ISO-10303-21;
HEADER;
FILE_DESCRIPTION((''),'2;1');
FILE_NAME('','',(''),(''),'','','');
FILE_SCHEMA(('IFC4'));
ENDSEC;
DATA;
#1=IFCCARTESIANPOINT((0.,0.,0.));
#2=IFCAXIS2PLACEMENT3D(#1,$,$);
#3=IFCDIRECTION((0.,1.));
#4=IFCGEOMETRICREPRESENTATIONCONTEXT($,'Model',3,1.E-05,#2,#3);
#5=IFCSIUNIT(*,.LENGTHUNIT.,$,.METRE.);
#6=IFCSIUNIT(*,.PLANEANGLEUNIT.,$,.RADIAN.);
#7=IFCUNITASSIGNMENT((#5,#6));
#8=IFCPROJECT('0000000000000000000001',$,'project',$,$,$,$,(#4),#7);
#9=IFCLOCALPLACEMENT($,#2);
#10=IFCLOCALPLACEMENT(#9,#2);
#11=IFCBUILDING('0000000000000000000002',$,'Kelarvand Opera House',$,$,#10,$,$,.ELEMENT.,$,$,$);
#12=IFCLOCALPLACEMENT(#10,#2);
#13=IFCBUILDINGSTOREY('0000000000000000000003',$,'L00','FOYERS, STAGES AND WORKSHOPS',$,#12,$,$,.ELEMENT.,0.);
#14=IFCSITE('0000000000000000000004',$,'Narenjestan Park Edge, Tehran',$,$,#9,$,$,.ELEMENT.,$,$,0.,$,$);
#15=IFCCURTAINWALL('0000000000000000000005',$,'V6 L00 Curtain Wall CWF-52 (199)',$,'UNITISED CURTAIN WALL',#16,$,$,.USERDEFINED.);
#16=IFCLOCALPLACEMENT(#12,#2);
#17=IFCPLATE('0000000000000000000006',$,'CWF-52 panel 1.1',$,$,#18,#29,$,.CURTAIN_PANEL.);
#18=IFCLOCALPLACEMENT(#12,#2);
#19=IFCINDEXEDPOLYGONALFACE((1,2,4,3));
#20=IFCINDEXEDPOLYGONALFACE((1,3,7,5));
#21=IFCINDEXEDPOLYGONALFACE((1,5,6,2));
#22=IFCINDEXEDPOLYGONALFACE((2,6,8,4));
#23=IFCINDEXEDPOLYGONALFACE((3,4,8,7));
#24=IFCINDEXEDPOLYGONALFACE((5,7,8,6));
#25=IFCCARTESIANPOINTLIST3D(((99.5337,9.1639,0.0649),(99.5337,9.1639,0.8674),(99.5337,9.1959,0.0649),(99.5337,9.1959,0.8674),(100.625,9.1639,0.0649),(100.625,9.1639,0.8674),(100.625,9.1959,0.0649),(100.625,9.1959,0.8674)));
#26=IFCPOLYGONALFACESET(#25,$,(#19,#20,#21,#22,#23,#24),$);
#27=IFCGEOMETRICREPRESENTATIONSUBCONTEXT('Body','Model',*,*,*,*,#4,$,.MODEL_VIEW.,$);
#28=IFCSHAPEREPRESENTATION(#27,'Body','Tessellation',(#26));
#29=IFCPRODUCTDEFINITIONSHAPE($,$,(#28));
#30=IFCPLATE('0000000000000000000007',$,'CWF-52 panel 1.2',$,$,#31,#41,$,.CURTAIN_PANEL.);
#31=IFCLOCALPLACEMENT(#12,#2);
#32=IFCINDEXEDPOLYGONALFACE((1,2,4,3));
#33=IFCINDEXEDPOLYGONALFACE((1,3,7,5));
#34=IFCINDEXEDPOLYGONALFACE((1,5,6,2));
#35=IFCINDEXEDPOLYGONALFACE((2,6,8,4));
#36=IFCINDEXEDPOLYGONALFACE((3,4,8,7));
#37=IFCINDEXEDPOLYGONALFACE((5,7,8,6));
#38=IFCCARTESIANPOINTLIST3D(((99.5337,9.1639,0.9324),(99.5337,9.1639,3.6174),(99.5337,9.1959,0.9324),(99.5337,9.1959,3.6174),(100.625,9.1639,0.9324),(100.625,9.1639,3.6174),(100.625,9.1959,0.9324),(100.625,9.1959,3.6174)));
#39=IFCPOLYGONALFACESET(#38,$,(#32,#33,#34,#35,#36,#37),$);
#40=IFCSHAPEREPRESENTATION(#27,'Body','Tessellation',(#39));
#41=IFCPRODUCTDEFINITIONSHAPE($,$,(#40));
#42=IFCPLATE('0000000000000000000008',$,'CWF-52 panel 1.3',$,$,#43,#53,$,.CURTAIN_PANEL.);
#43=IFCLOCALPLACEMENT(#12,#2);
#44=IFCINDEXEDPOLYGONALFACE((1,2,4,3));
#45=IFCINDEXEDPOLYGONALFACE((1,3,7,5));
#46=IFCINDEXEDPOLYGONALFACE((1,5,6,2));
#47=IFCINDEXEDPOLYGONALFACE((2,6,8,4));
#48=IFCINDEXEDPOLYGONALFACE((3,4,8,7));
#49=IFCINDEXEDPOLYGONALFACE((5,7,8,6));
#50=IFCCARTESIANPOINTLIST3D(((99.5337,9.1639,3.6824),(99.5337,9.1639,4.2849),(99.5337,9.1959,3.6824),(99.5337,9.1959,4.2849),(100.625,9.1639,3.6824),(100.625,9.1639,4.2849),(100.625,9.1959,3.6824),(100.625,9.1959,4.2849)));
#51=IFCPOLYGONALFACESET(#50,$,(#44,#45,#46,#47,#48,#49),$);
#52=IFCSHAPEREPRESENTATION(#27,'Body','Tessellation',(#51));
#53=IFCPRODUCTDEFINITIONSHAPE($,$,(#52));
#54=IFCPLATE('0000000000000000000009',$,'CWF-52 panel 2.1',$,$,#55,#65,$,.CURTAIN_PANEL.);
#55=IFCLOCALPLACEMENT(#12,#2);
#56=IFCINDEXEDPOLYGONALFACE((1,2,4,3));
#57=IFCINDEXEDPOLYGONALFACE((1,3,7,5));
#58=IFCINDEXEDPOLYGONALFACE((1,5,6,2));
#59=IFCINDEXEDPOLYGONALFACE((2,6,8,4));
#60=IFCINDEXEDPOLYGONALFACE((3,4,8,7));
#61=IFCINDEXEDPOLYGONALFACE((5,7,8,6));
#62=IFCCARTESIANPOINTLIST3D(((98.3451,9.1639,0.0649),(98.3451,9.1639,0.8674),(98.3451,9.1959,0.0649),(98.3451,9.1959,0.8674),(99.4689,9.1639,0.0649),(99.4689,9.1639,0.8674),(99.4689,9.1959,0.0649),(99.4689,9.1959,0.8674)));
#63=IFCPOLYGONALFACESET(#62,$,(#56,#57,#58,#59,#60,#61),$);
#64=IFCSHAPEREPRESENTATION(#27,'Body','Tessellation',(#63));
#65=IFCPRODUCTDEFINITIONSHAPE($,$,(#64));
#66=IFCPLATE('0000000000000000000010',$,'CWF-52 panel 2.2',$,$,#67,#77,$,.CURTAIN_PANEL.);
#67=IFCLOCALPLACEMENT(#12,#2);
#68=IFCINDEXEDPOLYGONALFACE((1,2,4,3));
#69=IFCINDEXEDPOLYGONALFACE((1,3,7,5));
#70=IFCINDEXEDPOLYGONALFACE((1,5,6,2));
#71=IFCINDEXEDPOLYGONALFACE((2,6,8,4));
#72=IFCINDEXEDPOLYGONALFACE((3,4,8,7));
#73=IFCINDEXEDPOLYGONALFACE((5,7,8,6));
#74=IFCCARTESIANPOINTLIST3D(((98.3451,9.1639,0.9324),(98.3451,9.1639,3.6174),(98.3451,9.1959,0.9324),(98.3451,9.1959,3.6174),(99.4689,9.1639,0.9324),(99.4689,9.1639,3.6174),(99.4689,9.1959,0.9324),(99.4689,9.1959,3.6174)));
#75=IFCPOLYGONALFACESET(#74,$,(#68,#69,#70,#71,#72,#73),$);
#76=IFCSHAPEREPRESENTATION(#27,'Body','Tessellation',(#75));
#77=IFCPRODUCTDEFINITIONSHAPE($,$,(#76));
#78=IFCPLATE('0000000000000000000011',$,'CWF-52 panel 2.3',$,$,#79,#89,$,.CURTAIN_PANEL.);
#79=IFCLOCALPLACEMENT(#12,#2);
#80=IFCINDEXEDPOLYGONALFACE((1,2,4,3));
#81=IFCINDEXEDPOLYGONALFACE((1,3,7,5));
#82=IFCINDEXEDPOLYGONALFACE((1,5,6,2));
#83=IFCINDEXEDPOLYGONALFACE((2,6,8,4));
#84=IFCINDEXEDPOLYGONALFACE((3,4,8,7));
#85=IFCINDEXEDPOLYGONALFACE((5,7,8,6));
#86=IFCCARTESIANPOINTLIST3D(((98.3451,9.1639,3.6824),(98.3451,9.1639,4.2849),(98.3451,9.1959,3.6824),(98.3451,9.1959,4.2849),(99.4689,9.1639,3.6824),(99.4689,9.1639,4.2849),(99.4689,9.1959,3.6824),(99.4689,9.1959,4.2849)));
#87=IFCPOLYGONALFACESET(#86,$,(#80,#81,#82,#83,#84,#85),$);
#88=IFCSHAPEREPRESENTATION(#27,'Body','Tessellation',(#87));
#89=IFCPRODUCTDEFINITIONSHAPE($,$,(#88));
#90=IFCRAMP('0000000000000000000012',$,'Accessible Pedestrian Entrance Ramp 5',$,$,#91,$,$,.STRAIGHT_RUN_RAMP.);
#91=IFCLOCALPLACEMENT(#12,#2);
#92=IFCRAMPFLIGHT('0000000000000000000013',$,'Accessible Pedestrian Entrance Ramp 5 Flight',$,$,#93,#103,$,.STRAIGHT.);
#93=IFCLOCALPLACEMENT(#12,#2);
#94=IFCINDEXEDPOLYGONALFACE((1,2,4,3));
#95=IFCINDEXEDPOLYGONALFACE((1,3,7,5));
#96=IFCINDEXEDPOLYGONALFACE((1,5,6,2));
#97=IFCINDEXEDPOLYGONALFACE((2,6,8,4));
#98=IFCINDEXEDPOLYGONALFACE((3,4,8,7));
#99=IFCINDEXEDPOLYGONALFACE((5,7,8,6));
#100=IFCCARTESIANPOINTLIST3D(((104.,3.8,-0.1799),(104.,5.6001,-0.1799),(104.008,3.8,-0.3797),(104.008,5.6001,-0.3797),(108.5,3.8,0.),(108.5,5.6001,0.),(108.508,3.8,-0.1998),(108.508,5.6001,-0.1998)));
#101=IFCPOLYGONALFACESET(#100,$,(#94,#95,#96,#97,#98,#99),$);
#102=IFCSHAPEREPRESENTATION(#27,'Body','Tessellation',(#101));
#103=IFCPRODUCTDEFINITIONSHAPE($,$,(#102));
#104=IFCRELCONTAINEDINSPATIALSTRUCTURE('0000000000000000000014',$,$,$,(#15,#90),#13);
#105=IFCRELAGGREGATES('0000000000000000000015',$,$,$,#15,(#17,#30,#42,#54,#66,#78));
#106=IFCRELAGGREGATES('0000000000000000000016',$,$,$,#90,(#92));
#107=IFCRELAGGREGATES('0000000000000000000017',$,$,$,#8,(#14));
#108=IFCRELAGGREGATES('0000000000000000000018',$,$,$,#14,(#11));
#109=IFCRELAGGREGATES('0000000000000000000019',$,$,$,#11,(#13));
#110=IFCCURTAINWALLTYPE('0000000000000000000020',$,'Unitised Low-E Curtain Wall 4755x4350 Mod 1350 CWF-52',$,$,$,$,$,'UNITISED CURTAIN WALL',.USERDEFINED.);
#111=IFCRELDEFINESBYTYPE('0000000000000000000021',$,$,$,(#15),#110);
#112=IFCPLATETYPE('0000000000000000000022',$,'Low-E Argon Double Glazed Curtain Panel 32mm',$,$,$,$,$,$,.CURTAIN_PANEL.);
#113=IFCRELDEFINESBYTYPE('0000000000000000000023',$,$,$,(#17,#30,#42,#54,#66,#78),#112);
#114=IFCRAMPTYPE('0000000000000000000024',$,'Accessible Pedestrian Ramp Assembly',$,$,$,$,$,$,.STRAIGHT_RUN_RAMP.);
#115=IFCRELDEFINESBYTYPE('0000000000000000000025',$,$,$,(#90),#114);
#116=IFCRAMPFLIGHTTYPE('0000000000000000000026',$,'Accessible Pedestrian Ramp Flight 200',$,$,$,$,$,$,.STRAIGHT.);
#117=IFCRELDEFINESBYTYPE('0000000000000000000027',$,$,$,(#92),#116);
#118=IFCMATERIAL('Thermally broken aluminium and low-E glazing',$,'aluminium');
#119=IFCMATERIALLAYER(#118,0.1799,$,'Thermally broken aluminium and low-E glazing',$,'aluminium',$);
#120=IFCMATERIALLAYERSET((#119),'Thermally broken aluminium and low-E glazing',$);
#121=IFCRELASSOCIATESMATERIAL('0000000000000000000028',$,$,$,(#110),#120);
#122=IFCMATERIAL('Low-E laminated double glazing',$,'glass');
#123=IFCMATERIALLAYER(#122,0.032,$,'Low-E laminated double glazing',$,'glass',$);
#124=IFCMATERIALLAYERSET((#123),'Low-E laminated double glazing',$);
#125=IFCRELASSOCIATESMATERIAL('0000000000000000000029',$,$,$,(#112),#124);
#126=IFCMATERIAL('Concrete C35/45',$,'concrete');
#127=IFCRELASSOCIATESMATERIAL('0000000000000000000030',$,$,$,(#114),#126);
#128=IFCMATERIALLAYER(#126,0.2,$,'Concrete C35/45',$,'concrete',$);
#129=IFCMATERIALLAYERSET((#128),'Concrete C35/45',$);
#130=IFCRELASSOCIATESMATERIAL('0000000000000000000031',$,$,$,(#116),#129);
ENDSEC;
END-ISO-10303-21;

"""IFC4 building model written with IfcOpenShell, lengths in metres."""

from ifc_helpers import new_model, si_unit, direction, frame, origin, origin_2d, place, context, subcontext, project, spatial, polyline, rectangle, outline, extrude, material, layer, layer_set, type_object, element, aggregate, save


model = new_model("IFC4")

# Units and contexts
model_context = context("Model", 3, precision=1e-05, world=origin(), true_north=direction((0.0, 1.0)))
body_context = subcontext(model_context, "Body", "Model", "MODEL_VIEW")
ifc_project = project(units=[si_unit("LENGTHUNIT", "METRE"), si_unit("PLANEANGLEUNIT", "RADIAN")], contexts=[model_context])

# Site, building, storey
site_placement = place(None, origin())
site = spatial("IfcSite", under=ifc_project, at=site_placement, Name="Narenjestan Park Edge, Tehran", CompositionType="ELEMENT", RefElevation=0.0)
building_placement = place(site_placement, origin())
building = spatial("IfcBuilding", under=site, at=building_placement, Name="Kelarvand Opera House", CompositionType="ELEMENT")
storey_placement = place(building_placement, origin())
storey = spatial("IfcBuildingStorey", under=building, at=storey_placement, Name="L00", Description="FOYERS, STAGES AND WORKSHOPS", CompositionType="ELEMENT", Elevation=0.0)

# Curtain wall
ifc_material_1 = material(Name="Thermally broken aluminium and low-E glazing", Category="aluminium")
ifc_layer_1 = layer(ifc_material_1, 0.1799, Name="Thermally broken aluminium and low-E glazing", Category="aluminium")
ifc_layer_set_1 = layer_set([ifc_layer_1], Name="Thermally broken aluminium and low-E glazing")
curtain_wall_type = type_object("IfcCurtainWallType", Name="Unitised Low-E Curtain Wall 4755x4350 Mod 1350 CWF-52", ElementType="UNITISED CURTAIN WALL", PredefinedType="USERDEFINED", material=ifc_layer_set_1)
curtain_wall_placement = place(storey_placement, origin())
curtain_wall = element("IfcCurtainWall", 1, at=curtain_wall_placement, inside=storey, type_object=curtain_wall_type, Name="V6 L00 Curtain Wall CWF-52 (199)", ObjectType="UNITISED CURTAIN WALL", PredefinedType="USERDEFINED")

# Plates
ifc_material_2 = material(Name="Low-E laminated double glazing", Category="glass")
ifc_layer_2 = layer(ifc_material_2, 0.032, Name="Low-E laminated double glazing", Category="glass")
ifc_layer_set_2 = layer_set([ifc_layer_2], Name="Low-E laminated double glazing")
plate_type = type_object("IfcPlateType", Name="Low-E Argon Double Glazed Curtain Panel 32mm", PredefinedType="CURTAIN_PANEL", material=ifc_layer_set_2)
plate_1_placement = place(storey_placement, frame((100.0793, 9.1799, 0.0649), z_axis=(0.0, 0.0, 1.0), x_axis=(-1.0, 0.0, 0.0)))
plate_1 = element("IfcPlate", 2, at=plate_1_placement, type_object=plate_type, Name="CWF-52 panel 1.1", PredefinedType="CURTAIN_PANEL", context=body_context, shape_type="SweptSolid", body=[
    extrude(rectangle(XDim=1.0913, YDim=0.032, at=origin_2d()), origin(), (0.0, 0.0, 1.0), 0.8025),
])
plate_2_placement = place(storey_placement, frame((100.0793, 9.1799, 0.9324), z_axis=(0.0, 0.0, 1.0), x_axis=(-1.0, 0.0, 0.0)))
plate_2 = element("IfcPlate", 3, at=plate_2_placement, type_object=plate_type, Name="CWF-52 panel 1.2", PredefinedType="CURTAIN_PANEL", context=body_context, shape_type="SweptSolid", body=[
    extrude(rectangle(XDim=1.0913, YDim=0.032, at=origin_2d()), origin(), (0.0, 0.0, 1.0), 2.6851),
])
plate_3_placement = place(storey_placement, frame((100.0793, 9.1799, 3.6824), z_axis=(0.0, 0.0, 1.0), x_axis=(-1.0, 0.0, 0.0)))
plate_3 = element("IfcPlate", 4, at=plate_3_placement, type_object=plate_type, Name="CWF-52 panel 1.3", PredefinedType="CURTAIN_PANEL", context=body_context, shape_type="SweptSolid", body=[
    extrude(rectangle(XDim=1.0913, YDim=0.032, at=origin_2d()), origin(), (0.0, 0.0, 1.0), 0.6025),
])
plate_4_placement = place(storey_placement, frame((98.907, 9.1799, 0.0649), z_axis=(0.0, 0.0, 1.0), x_axis=(-1.0, 0.0, 0.0)))
plate_4 = element("IfcPlate", 5, at=plate_4_placement, type_object=plate_type, Name="CWF-52 panel 2.1", PredefinedType="CURTAIN_PANEL", context=body_context, shape_type="SweptSolid", body=[
    extrude(rectangle(XDim=1.1238, YDim=0.032, at=origin_2d()), origin(), (0.0, 0.0, 1.0), 0.8025),
])
plate_5_placement = place(storey_placement, frame((98.907, 9.1799, 0.9324), z_axis=(0.0, 0.0, 1.0), x_axis=(-1.0, 0.0, 0.0)))
plate_5 = element("IfcPlate", 6, at=plate_5_placement, type_object=plate_type, Name="CWF-52 panel 2.2", PredefinedType="CURTAIN_PANEL", context=body_context, shape_type="SweptSolid", body=[
    extrude(rectangle(XDim=1.1238, YDim=0.032, at=origin_2d()), origin(), (0.0, 0.0, 1.0), 2.6851),
])
plate_6_placement = place(storey_placement, frame((98.907, 9.1799, 3.6824), z_axis=(0.0, 0.0, 1.0), x_axis=(-1.0, 0.0, 0.0)))
plate_6 = element("IfcPlate", 7, at=plate_6_placement, type_object=plate_type, Name="CWF-52 panel 2.3", PredefinedType="CURTAIN_PANEL", context=body_context, shape_type="SweptSolid", body=[
    extrude(rectangle(XDim=1.1238, YDim=0.032, at=origin_2d()), origin(), (0.0, 0.0, 1.0), 0.6025),
])
aggregate(curtain_wall, [plate_1, plate_2, plate_3, plate_4, plate_5, plate_6])

# Ramp, ramp flight
ifc_material_3 = material(Name="Concrete C35/45", Category="concrete")
ramp_type = type_object("IfcRampType", Name="Accessible Pedestrian Ramp Assembly", PredefinedType="STRAIGHT_RUN_RAMP", material=ifc_material_3)
ramp_placement = place(storey_placement, origin())
ramp = element("IfcRamp", 8, at=ramp_placement, inside=storey, type_object=ramp_type, Name="Accessible Pedestrian Entrance Ramp 5", PredefinedType="STRAIGHT_RUN_RAMP")
ifc_layer_3 = layer(ifc_material_3, 0.2, Name="Concrete C35/45", Category="concrete")
ifc_layer_set_3 = layer_set([ifc_layer_3], Name="Concrete C35/45")
ramp_flight_type = type_object("IfcRampFlightType", Name="Accessible Pedestrian Ramp Flight 200", PredefinedType="STRAIGHT", material=ifc_layer_set_3)
ramp_flight_placement = place(storey_placement, frame((104.0, 3.8, -0.1799), z_axis=(-0.039953, 0.0, 0.999202), x_axis=(0.999202, 0.0, 0.039953)))
ramp_flight = element("IfcRampFlight", 9, at=ramp_flight_placement, type_object=ramp_flight_type, Name="Accessible Pedestrian Entrance Ramp 5 Flight", PredefinedType="STRAIGHT", context=body_context, shape_type="SweptSolid", body=[
    extrude(outline(polyline([(0.0, 0.0), (4.5036, 0.0), (4.5036, 1.8), (0.0, 1.8), (0.0, 0.0)])), origin(), (0.0, 0.0, -1.0), 0.2),
])
aggregate(ramp, [ramp_flight])

save(model, "model.ifc")
